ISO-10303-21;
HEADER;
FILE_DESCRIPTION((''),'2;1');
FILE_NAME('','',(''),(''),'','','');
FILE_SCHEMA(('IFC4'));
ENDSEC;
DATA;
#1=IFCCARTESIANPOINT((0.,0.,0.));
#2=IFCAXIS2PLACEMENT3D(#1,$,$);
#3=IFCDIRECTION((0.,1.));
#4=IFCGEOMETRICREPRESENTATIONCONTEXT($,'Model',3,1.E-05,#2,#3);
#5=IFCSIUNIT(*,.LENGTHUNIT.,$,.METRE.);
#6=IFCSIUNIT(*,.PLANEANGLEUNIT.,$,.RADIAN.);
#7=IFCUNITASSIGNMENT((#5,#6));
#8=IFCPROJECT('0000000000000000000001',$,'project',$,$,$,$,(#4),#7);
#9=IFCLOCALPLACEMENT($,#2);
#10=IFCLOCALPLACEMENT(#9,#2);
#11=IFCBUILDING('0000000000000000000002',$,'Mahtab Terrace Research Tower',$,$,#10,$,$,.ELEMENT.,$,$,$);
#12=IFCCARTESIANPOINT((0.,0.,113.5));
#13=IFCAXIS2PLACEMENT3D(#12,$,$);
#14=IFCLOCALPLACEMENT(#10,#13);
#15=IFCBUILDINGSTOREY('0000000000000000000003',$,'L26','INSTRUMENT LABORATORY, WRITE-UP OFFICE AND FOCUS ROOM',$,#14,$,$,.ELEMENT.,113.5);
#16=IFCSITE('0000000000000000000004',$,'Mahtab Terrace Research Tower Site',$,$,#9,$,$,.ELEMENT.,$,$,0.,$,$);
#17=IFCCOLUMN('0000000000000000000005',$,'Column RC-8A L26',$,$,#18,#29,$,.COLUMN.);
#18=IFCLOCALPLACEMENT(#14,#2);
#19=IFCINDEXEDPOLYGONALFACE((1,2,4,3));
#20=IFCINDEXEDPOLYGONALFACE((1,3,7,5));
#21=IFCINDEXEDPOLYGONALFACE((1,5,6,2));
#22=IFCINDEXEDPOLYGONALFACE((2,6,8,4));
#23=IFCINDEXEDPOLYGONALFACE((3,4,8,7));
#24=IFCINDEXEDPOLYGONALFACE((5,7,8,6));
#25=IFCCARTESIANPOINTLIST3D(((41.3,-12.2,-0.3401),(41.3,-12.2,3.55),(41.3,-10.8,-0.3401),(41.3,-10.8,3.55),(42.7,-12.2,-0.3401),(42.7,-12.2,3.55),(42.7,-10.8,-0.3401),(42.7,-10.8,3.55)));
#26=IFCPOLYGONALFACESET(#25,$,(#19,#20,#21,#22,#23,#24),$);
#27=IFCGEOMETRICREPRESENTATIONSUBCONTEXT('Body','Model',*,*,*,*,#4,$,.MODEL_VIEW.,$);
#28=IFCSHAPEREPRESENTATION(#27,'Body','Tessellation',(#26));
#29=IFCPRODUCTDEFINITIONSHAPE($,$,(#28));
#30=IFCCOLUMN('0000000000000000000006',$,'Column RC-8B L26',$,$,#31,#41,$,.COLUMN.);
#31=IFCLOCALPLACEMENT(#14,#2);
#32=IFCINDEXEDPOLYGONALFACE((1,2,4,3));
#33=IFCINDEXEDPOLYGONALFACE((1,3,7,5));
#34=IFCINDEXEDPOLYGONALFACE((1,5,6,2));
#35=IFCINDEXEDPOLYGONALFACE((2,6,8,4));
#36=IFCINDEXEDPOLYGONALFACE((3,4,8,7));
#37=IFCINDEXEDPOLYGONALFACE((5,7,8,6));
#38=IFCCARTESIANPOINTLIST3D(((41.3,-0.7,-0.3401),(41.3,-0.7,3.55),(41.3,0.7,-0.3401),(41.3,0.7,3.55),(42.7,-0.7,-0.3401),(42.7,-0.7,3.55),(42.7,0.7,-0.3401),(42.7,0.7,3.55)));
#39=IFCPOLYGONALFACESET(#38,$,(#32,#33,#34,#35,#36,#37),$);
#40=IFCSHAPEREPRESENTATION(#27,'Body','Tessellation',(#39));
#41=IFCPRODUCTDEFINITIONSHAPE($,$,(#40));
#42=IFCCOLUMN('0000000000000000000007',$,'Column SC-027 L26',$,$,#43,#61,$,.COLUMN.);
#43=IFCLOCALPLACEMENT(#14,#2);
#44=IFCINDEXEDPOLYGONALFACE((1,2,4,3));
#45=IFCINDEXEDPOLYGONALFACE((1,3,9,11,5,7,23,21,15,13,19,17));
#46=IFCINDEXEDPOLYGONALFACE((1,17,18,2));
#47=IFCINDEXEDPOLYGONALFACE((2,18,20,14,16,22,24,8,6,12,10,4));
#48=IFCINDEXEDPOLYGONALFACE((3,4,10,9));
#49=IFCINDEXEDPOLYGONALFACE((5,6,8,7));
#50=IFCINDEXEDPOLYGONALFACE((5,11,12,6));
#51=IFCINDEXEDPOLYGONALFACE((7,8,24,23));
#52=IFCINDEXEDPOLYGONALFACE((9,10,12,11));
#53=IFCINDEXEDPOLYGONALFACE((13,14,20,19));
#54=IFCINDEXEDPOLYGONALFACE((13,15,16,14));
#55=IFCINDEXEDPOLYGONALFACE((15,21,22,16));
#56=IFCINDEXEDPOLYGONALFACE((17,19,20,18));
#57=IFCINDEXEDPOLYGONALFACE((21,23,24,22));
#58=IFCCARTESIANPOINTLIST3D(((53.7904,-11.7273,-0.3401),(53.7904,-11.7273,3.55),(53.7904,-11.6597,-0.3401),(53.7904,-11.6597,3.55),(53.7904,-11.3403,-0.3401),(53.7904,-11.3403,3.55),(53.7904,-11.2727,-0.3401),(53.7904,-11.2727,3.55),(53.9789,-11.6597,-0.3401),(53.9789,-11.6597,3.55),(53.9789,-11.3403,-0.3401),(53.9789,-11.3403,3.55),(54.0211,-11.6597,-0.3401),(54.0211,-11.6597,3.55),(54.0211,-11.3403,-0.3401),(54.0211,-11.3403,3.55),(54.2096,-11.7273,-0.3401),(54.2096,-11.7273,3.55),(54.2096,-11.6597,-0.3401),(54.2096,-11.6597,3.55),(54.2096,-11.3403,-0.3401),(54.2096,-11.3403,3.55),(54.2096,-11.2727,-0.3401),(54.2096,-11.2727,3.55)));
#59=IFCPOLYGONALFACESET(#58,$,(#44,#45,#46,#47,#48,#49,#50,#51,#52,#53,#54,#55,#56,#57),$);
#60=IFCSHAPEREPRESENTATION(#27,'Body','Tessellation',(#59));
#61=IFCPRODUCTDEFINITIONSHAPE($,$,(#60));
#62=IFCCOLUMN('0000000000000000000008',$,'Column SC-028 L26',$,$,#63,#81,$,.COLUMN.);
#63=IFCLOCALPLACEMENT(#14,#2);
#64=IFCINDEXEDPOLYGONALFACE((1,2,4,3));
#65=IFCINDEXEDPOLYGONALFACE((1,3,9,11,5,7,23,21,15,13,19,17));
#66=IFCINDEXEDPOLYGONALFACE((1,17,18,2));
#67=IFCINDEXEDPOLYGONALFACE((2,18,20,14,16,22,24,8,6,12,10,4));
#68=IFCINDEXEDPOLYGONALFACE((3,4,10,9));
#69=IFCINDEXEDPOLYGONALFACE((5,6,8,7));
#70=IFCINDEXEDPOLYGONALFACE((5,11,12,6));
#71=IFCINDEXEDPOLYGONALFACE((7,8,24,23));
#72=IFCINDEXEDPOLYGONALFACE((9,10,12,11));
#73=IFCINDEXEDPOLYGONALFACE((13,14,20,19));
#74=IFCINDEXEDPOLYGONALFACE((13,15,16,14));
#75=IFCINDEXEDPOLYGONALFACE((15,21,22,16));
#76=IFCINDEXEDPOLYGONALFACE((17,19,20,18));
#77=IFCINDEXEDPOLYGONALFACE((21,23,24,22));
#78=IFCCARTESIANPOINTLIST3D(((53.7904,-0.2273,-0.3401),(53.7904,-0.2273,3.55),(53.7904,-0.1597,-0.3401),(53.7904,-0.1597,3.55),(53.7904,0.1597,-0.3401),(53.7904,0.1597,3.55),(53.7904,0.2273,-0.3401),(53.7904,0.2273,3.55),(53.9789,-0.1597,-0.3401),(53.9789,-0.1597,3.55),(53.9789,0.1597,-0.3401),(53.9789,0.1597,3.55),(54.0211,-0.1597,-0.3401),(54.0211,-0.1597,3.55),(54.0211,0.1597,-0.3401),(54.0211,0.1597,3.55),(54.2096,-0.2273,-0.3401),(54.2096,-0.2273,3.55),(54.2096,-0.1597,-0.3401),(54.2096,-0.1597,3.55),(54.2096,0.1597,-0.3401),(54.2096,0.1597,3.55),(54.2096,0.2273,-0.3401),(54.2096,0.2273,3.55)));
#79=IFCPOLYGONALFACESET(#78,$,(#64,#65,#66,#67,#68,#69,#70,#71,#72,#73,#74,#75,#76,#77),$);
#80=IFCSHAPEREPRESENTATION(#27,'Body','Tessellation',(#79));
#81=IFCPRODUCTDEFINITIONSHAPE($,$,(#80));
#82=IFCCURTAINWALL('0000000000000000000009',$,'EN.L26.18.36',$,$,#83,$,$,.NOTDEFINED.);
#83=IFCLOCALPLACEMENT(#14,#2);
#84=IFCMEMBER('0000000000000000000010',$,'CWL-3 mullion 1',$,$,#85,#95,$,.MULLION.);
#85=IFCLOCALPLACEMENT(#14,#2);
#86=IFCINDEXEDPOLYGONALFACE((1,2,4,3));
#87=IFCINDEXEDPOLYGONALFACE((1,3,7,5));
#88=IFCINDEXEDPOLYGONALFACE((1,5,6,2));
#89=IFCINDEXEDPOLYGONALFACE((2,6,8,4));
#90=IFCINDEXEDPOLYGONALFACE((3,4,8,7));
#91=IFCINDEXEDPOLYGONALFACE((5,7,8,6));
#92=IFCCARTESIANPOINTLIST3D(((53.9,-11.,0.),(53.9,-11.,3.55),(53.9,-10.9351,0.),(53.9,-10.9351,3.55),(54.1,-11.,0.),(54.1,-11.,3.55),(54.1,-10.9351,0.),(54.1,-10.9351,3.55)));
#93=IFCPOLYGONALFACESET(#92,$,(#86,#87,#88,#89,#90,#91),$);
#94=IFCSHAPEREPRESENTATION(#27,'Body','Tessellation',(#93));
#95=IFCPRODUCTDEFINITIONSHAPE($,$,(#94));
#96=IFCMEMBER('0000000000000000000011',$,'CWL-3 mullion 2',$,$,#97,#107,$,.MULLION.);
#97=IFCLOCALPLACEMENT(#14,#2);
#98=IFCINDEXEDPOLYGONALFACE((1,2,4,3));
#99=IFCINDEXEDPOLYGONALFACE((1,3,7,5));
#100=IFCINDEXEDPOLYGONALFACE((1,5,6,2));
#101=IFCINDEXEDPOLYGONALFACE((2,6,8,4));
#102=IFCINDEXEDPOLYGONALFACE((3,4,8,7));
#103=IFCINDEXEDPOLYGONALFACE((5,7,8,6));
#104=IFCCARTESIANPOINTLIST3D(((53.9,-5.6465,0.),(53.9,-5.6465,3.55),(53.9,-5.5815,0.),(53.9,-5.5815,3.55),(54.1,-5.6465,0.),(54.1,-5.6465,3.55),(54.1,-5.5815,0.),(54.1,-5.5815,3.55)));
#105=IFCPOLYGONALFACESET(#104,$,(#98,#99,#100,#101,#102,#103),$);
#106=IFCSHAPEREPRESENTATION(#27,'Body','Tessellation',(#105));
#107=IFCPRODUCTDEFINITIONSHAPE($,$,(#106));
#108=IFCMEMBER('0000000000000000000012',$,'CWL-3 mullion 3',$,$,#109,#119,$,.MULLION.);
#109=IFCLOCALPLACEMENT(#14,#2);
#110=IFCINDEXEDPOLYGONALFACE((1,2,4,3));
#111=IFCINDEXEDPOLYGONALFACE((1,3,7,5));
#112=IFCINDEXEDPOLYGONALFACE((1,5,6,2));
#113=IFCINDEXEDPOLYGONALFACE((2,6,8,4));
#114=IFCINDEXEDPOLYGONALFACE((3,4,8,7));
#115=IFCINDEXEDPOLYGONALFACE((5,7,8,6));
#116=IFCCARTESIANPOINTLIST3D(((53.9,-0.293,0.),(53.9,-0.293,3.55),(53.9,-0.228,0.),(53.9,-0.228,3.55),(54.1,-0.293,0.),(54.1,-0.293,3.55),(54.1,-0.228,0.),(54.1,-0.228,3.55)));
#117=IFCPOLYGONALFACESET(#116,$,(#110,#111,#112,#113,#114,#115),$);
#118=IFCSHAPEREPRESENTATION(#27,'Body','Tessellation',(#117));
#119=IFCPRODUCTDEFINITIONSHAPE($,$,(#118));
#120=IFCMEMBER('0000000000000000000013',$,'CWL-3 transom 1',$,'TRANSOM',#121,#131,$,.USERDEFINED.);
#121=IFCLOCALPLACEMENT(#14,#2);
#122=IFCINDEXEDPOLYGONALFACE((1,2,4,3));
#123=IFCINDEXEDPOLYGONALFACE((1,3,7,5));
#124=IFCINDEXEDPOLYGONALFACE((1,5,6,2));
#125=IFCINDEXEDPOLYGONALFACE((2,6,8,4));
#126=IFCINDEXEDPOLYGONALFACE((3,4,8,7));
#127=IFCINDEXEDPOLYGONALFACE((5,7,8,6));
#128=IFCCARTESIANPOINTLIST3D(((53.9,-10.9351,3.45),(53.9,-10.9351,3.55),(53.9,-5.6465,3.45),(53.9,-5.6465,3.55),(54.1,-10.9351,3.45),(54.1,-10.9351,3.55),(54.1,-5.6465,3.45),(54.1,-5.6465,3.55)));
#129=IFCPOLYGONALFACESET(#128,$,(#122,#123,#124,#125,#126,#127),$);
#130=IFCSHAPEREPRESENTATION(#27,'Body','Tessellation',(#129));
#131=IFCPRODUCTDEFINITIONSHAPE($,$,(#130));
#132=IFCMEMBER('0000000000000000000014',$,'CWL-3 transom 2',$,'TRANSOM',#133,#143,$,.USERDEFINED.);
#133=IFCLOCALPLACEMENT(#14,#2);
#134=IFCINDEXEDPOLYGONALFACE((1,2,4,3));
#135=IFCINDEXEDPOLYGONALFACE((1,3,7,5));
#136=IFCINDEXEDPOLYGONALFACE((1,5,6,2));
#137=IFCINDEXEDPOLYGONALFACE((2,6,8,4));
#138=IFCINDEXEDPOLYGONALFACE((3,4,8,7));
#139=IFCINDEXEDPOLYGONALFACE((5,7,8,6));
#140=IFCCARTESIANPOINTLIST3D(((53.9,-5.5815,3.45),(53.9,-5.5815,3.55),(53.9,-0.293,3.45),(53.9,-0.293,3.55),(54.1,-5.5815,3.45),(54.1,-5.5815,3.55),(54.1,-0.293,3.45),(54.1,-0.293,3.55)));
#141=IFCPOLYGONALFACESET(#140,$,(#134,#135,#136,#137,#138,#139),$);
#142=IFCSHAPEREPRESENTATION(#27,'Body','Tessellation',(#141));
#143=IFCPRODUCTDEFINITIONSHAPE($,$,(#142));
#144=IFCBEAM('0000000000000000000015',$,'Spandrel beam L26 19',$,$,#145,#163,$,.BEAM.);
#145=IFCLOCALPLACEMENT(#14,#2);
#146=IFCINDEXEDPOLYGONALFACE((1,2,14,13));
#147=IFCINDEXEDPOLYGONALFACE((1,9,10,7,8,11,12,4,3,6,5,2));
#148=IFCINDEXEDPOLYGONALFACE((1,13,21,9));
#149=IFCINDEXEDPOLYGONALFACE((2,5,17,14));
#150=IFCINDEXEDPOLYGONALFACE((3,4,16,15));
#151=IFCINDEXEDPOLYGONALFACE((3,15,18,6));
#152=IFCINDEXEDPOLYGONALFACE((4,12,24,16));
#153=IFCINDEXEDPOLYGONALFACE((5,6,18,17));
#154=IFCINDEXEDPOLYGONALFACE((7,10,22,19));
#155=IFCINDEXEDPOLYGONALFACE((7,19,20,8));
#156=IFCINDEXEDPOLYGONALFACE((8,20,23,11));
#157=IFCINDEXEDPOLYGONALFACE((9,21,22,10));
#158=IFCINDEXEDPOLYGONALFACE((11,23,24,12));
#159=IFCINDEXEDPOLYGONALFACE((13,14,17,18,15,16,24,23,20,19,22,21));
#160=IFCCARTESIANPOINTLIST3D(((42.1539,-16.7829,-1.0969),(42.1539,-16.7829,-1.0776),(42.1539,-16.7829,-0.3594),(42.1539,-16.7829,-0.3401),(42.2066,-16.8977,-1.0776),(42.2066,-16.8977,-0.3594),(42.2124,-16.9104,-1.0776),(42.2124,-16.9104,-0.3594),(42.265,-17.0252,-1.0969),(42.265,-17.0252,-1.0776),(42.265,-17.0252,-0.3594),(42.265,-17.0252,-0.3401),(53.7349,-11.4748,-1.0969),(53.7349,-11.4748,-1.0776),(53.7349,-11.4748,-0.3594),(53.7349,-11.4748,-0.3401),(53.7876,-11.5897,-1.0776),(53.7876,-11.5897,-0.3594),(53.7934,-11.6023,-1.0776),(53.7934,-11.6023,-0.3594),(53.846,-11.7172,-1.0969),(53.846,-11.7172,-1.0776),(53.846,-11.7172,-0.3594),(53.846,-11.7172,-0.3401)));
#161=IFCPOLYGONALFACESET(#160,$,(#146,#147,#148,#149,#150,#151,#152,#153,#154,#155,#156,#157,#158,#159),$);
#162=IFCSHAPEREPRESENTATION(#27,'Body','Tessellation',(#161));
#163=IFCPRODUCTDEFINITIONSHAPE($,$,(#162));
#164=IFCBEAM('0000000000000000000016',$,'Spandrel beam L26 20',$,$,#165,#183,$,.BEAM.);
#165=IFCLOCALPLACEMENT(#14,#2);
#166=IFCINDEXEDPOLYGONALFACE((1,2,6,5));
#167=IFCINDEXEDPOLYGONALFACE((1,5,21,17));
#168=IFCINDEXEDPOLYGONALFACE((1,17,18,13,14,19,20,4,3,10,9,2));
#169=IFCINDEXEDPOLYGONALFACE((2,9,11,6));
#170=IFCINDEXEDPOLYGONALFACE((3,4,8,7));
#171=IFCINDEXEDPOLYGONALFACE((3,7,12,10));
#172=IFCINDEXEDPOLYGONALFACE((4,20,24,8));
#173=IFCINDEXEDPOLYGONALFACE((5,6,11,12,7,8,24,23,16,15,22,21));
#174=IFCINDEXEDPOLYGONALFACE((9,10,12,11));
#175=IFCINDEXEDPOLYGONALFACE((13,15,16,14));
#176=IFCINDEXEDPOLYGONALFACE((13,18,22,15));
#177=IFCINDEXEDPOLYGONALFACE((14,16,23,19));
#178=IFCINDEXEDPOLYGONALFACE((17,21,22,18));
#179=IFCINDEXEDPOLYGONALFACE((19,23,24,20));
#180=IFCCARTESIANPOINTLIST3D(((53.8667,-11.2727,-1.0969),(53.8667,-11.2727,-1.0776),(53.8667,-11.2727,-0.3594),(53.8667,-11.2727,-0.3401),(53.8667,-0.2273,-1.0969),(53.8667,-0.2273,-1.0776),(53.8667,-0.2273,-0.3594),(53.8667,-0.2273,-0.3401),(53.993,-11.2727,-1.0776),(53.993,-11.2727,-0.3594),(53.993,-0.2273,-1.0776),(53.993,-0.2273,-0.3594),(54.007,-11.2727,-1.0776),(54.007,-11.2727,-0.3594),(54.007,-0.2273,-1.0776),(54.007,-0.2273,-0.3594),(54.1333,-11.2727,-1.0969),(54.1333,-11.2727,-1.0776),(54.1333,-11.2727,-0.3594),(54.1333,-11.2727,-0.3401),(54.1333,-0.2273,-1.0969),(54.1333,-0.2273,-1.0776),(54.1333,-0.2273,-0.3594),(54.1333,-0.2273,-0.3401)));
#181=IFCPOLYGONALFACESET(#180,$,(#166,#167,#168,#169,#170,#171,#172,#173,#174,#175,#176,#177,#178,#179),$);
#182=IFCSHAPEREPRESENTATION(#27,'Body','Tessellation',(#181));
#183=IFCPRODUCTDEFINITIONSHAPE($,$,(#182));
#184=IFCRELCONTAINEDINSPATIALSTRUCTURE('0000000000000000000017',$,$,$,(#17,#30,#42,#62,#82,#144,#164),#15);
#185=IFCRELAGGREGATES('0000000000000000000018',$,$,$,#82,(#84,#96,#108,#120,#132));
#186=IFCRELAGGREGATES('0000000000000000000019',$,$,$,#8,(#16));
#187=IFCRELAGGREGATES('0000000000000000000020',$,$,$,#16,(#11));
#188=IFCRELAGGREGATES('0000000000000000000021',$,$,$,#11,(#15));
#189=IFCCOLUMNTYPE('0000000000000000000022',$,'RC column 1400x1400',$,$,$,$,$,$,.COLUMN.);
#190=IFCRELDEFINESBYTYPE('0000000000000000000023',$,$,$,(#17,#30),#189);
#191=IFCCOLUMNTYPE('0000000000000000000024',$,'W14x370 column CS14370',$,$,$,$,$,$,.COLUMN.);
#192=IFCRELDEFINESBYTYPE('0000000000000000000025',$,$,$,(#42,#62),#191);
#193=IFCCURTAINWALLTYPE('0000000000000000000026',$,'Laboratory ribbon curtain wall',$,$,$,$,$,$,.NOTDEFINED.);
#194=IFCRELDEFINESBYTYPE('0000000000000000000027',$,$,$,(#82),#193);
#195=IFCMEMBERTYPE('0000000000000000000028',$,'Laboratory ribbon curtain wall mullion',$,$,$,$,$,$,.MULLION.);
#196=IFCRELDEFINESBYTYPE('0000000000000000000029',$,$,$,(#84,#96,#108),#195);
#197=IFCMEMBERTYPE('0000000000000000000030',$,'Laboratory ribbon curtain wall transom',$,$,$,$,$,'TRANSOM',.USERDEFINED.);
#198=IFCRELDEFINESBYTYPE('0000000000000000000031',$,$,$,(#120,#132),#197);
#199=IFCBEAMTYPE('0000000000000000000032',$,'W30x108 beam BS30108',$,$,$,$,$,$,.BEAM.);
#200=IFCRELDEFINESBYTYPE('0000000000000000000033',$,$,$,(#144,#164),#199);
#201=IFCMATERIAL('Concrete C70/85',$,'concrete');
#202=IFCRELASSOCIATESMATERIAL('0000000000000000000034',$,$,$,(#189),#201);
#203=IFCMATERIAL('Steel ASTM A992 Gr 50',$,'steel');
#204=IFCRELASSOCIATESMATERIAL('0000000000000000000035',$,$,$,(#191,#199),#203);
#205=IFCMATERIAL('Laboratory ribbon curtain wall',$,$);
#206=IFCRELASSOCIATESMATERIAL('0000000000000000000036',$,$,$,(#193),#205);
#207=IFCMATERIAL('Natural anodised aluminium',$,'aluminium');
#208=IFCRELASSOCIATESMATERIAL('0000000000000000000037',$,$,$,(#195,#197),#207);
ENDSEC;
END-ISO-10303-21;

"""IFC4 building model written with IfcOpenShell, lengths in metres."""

from ifc_helpers import new_model, si_unit, direction, frame, origin, origin_2d, place, context, subcontext, project, spatial, rectangle, i_section, extrude, material, material_profile, profile_set, type_object, element, aggregate, save


model = new_model("IFC4")

# Units and contexts
model_context = context("Model", 3, precision=1e-05, world=origin(), true_north=direction((0.0, 1.0)))
body_context = subcontext(model_context, "Body", "Model", "MODEL_VIEW")
ifc_project = project(units=[si_unit("LENGTHUNIT", "METRE"), si_unit("PLANEANGLEUNIT", "RADIAN")], contexts=[model_context])

# Site, building, storey
site_placement = place(None, origin())
site = spatial("IfcSite", under=ifc_project, at=site_placement, Name="Mahtab Terrace Research Tower Site", CompositionType="ELEMENT", RefElevation=0.0)
building_placement = place(site_placement, origin())
building = spatial("IfcBuilding", under=site, at=building_placement, Name="Mahtab Terrace Research Tower", CompositionType="ELEMENT")
storey_placement = place(building_placement, frame((0.0, 0.0, 113.5)))
storey = spatial("IfcBuildingStorey", under=building, at=storey_placement, Name="L26", Description="INSTRUMENT LABORATORY, WRITE-UP OFFICE AND FOCUS ROOM", CompositionType="ELEMENT", Elevation=113.5)

# Columns
ifc_material_1 = material(Name="Concrete C70/85", Category="concrete")
ifc_material_profile_1 = material_profile(ifc_material_1, rectangle(XDim=1.3999, YDim=1.3999, at=origin_2d()), Name="RC column 1400x1400")
ifc_profile_set_1 = profile_set([ifc_material_profile_1], Name="Concrete C70/85")
column_type_1 = type_object("IfcColumnType", Name="RC column 1400x1400", PredefinedType="COLUMN", material=ifc_profile_set_1)
for number, where, z_axis, x_axis, name in (
    (1, (42.0, -11.5, -0.3401), (0.0, 0.0, 1.0), (1.0, 0.0, 0.0), "Column RC-8A L26"),
    (2, (42.0, 0.0, -0.3401), (0.0, 0.0, 1.0), (1.0, 0.0, 0.0), "Column RC-8B L26"),
):
    element("IfcColumn", number, at=place(storey_placement, frame(where, z_axis=z_axis, x_axis=x_axis)), inside=storey, type_object=column_type_1, Name=name, PredefinedType="COLUMN", context=body_context, shape_type="SweptSolid", body=[
        extrude(rectangle(XDim=1.3999, YDim=1.3999, at=origin_2d()), origin(), (0.0, 0.0, 1.0), 3.8901),
    ])
ifc_material_2 = material(Name="Steel ASTM A992 Gr 50", Category="steel")
ifc_material_profile_2 = material_profile(ifc_material_2, i_section(OverallWidth=0.4192, OverallDepth=0.4546, WebThickness=0.0422, FlangeThickness=0.0676, at=origin_2d()), Name="W14X370")
ifc_profile_set_2 = profile_set([ifc_material_profile_2], Name="Steel ASTM A992 Gr 50")
column_type_2 = type_object("IfcColumnType", Name="W14x370 column CS14370", PredefinedType="COLUMN", material=ifc_profile_set_2)
for number, where, z_axis, x_axis, name in (
    (3, (54.0, -11.5, -0.3401), (0.0, 0.0, 1.0), (1.0, 0.0, 0.0), "Column SC-027 L26"),
    (4, (54.0, 0.0, -0.3401), (0.0, 0.0, 1.0), (1.0, 0.0, 0.0), "Column SC-028 L26"),
):
    element("IfcColumn", number, at=place(storey_placement, frame(where, z_axis=z_axis, x_axis=x_axis)), inside=storey, type_object=column_type_2, Name=name, PredefinedType="COLUMN", context=body_context, shape_type="SweptSolid", body=[
        extrude(i_section(OverallWidth=0.4192, OverallDepth=0.4546, WebThickness=0.0422, FlangeThickness=0.0676, at=origin_2d()), origin(), (0.0, 0.0, 1.0), 3.8901),
    ])

# Curtain wall, members
ifc_material_3 = material(Name="Laboratory ribbon curtain wall")
curtain_wall_type = type_object("IfcCurtainWallType", Name="Laboratory ribbon curtain wall", PredefinedType="NOTDEFINED", material=ifc_material_3)
curtain_wall_placement = place(storey_placement, origin())
curtain_wall = element("IfcCurtainWall", 5, at=curtain_wall_placement, inside=storey, type_object=curtain_wall_type, Name="EN.L26.18.36", PredefinedType="NOTDEFINED")
ifc_material_4 = material(Name="Natural anodised aluminium", Category="aluminium")
ifc_material_profile_3 = material_profile(ifc_material_4, rectangle(XDim=0.2, YDim=0.0649, at=origin_2d()), Name="MULLION 65x200")
ifc_profile_set_3 = profile_set([ifc_material_profile_3], Name="Natural anodised aluminium")
member_type_1 = type_object("IfcMemberType", Name="Laboratory ribbon curtain wall mullion", PredefinedType="MULLION", material=ifc_profile_set_3)
member_1_placement = place(storey_placement, frame((54.0, -10.9675, 0.0), z_axis=(0.0, 0.0, 1.0), x_axis=(-1.0, 0.0, 0.0)))
member_1 = element("IfcMember", 6, at=member_1_placement, type_object=member_type_1, Name="CWL-3 mullion 1", PredefinedType="MULLION", context=body_context, shape_type="SweptSolid", body=[
    extrude(rectangle(XDim=0.2, YDim=0.0649, at=origin_2d()), origin(), (0.0, 0.0, 1.0), 3.55),
])
member_2_placement = place(storey_placement, frame((54.0, -5.614, 0.0), z_axis=(0.0, 0.0, 1.0), x_axis=(-1.0, 0.0, 0.0)))
member_2 = element("IfcMember", 7, at=member_2_placement, type_object=member_type_1, Name="CWL-3 mullion 2", PredefinedType="MULLION", context=body_context, shape_type="SweptSolid", body=[
    extrude(rectangle(XDim=0.2, YDim=0.0649, at=origin_2d()), origin(), (0.0, 0.0, 1.0), 3.55),
])
member_3_placement = place(storey_placement, frame((54.0, -0.2605, 0.0), z_axis=(0.0, 0.0, 1.0), x_axis=(-1.0, 0.0, 0.0)))
member_3 = element("IfcMember", 8, at=member_3_placement, type_object=member_type_1, Name="CWL-3 mullion 3", PredefinedType="MULLION", context=body_context, shape_type="SweptSolid", body=[
    extrude(rectangle(XDim=0.2, YDim=0.0649, at=origin_2d()), origin(), (0.0, 0.0, 1.0), 3.55),
])
ifc_material_profile_4 = material_profile(ifc_material_4, rectangle(XDim=0.2, YDim=0.1001, at=origin_2d()), Name="TRANSOM 100x200")
ifc_profile_set_4 = profile_set([ifc_material_profile_4], Name="Natural anodised aluminium")
member_type_2 = type_object("IfcMemberType", Name="Laboratory ribbon curtain wall transom", ElementType="TRANSOM", PredefinedType="USERDEFINED", material=ifc_profile_set_4)
member_4_placement = place(storey_placement, frame((54.0, -10.9351, 3.5), z_axis=(0.0, 1.0, 0.0), x_axis=(-1.0, 0.0, 0.0)))
member_4 = element("IfcMember", 9, at=member_4_placement, type_object=member_type_2, Name="CWL-3 transom 1", ObjectType="TRANSOM", PredefinedType="USERDEFINED", context=body_context, shape_type="SweptSolid", body=[
    extrude(rectangle(XDim=0.2, YDim=0.1001, at=origin_2d()), origin(), (0.0, 0.0, 1.0), 5.2886),
])
member_5_placement = place(storey_placement, frame((54.0, -5.5815, 3.5), z_axis=(0.0, 1.0, 0.0), x_axis=(-1.0, 0.0, 0.0)))
member_5 = element("IfcMember", 10, at=member_5_placement, type_object=member_type_2, Name="CWL-3 transom 2", ObjectType="TRANSOM", PredefinedType="USERDEFINED", context=body_context, shape_type="SweptSolid", body=[
    extrude(rectangle(XDim=0.2, YDim=0.1001, at=origin_2d()), origin(), (0.0, 0.0, 1.0), 5.2886),
])

# Beams
ifc_material_profile_5 = material_profile(ifc_material_2, i_section(OverallWidth=0.2666, OverallDepth=0.7568, WebThickness=0.0139, FlangeThickness=0.0193, at=origin_2d()), Name="W30X108")
ifc_profile_set_5 = profile_set([ifc_material_profile_5], Name="Steel ASTM A992 Gr 50")
beam_type = type_object("IfcBeamType", Name="W30x108 beam BS30108", PredefinedType="BEAM", material=ifc_profile_set_5)
beam_placement = place(storey_placement, frame((42.2095, -16.9041, -0.7185), z_axis=(0.909061, 0.416663, 0.0), x_axis=(-0.416663, 0.909061, 0.0)))
element("IfcBeam", 11, at=beam_placement, inside=storey, type_object=beam_type, Name="Spandrel beam L26 19", PredefinedType="BEAM", context=body_context, shape_type="SweptSolid", body=[
    extrude(i_section(OverallWidth=0.2666, OverallDepth=0.7568, WebThickness=0.0139, FlangeThickness=0.0193, at=origin_2d()), origin(), (0.0, 0.0, 1.0), 12.7395),
])
for number, where, z_axis, x_axis, name in (
    (12, (54.0, -11.2727, -0.7185), (0.0, 1.0, 0.0), (-1.0, 0.0, 0.0), "Spandrel beam L26 20"),
):
    element("IfcBeam", number, at=place(storey_placement, frame(where, z_axis=z_axis, x_axis=x_axis)), inside=storey, type_object=beam_type, Name=name, PredefinedType="BEAM", context=body_context, shape_type="SweptSolid", body=[
        extrude(i_section(OverallWidth=0.2666, OverallDepth=0.7568, WebThickness=0.0139, FlangeThickness=0.0193, at=origin_2d()), origin(), (0.0, 0.0, 1.0), 11.0454),
    ])

aggregate(curtain_wall, [member_1, member_2, member_3, member_4, member_5])

save(model, "model.ifc")
